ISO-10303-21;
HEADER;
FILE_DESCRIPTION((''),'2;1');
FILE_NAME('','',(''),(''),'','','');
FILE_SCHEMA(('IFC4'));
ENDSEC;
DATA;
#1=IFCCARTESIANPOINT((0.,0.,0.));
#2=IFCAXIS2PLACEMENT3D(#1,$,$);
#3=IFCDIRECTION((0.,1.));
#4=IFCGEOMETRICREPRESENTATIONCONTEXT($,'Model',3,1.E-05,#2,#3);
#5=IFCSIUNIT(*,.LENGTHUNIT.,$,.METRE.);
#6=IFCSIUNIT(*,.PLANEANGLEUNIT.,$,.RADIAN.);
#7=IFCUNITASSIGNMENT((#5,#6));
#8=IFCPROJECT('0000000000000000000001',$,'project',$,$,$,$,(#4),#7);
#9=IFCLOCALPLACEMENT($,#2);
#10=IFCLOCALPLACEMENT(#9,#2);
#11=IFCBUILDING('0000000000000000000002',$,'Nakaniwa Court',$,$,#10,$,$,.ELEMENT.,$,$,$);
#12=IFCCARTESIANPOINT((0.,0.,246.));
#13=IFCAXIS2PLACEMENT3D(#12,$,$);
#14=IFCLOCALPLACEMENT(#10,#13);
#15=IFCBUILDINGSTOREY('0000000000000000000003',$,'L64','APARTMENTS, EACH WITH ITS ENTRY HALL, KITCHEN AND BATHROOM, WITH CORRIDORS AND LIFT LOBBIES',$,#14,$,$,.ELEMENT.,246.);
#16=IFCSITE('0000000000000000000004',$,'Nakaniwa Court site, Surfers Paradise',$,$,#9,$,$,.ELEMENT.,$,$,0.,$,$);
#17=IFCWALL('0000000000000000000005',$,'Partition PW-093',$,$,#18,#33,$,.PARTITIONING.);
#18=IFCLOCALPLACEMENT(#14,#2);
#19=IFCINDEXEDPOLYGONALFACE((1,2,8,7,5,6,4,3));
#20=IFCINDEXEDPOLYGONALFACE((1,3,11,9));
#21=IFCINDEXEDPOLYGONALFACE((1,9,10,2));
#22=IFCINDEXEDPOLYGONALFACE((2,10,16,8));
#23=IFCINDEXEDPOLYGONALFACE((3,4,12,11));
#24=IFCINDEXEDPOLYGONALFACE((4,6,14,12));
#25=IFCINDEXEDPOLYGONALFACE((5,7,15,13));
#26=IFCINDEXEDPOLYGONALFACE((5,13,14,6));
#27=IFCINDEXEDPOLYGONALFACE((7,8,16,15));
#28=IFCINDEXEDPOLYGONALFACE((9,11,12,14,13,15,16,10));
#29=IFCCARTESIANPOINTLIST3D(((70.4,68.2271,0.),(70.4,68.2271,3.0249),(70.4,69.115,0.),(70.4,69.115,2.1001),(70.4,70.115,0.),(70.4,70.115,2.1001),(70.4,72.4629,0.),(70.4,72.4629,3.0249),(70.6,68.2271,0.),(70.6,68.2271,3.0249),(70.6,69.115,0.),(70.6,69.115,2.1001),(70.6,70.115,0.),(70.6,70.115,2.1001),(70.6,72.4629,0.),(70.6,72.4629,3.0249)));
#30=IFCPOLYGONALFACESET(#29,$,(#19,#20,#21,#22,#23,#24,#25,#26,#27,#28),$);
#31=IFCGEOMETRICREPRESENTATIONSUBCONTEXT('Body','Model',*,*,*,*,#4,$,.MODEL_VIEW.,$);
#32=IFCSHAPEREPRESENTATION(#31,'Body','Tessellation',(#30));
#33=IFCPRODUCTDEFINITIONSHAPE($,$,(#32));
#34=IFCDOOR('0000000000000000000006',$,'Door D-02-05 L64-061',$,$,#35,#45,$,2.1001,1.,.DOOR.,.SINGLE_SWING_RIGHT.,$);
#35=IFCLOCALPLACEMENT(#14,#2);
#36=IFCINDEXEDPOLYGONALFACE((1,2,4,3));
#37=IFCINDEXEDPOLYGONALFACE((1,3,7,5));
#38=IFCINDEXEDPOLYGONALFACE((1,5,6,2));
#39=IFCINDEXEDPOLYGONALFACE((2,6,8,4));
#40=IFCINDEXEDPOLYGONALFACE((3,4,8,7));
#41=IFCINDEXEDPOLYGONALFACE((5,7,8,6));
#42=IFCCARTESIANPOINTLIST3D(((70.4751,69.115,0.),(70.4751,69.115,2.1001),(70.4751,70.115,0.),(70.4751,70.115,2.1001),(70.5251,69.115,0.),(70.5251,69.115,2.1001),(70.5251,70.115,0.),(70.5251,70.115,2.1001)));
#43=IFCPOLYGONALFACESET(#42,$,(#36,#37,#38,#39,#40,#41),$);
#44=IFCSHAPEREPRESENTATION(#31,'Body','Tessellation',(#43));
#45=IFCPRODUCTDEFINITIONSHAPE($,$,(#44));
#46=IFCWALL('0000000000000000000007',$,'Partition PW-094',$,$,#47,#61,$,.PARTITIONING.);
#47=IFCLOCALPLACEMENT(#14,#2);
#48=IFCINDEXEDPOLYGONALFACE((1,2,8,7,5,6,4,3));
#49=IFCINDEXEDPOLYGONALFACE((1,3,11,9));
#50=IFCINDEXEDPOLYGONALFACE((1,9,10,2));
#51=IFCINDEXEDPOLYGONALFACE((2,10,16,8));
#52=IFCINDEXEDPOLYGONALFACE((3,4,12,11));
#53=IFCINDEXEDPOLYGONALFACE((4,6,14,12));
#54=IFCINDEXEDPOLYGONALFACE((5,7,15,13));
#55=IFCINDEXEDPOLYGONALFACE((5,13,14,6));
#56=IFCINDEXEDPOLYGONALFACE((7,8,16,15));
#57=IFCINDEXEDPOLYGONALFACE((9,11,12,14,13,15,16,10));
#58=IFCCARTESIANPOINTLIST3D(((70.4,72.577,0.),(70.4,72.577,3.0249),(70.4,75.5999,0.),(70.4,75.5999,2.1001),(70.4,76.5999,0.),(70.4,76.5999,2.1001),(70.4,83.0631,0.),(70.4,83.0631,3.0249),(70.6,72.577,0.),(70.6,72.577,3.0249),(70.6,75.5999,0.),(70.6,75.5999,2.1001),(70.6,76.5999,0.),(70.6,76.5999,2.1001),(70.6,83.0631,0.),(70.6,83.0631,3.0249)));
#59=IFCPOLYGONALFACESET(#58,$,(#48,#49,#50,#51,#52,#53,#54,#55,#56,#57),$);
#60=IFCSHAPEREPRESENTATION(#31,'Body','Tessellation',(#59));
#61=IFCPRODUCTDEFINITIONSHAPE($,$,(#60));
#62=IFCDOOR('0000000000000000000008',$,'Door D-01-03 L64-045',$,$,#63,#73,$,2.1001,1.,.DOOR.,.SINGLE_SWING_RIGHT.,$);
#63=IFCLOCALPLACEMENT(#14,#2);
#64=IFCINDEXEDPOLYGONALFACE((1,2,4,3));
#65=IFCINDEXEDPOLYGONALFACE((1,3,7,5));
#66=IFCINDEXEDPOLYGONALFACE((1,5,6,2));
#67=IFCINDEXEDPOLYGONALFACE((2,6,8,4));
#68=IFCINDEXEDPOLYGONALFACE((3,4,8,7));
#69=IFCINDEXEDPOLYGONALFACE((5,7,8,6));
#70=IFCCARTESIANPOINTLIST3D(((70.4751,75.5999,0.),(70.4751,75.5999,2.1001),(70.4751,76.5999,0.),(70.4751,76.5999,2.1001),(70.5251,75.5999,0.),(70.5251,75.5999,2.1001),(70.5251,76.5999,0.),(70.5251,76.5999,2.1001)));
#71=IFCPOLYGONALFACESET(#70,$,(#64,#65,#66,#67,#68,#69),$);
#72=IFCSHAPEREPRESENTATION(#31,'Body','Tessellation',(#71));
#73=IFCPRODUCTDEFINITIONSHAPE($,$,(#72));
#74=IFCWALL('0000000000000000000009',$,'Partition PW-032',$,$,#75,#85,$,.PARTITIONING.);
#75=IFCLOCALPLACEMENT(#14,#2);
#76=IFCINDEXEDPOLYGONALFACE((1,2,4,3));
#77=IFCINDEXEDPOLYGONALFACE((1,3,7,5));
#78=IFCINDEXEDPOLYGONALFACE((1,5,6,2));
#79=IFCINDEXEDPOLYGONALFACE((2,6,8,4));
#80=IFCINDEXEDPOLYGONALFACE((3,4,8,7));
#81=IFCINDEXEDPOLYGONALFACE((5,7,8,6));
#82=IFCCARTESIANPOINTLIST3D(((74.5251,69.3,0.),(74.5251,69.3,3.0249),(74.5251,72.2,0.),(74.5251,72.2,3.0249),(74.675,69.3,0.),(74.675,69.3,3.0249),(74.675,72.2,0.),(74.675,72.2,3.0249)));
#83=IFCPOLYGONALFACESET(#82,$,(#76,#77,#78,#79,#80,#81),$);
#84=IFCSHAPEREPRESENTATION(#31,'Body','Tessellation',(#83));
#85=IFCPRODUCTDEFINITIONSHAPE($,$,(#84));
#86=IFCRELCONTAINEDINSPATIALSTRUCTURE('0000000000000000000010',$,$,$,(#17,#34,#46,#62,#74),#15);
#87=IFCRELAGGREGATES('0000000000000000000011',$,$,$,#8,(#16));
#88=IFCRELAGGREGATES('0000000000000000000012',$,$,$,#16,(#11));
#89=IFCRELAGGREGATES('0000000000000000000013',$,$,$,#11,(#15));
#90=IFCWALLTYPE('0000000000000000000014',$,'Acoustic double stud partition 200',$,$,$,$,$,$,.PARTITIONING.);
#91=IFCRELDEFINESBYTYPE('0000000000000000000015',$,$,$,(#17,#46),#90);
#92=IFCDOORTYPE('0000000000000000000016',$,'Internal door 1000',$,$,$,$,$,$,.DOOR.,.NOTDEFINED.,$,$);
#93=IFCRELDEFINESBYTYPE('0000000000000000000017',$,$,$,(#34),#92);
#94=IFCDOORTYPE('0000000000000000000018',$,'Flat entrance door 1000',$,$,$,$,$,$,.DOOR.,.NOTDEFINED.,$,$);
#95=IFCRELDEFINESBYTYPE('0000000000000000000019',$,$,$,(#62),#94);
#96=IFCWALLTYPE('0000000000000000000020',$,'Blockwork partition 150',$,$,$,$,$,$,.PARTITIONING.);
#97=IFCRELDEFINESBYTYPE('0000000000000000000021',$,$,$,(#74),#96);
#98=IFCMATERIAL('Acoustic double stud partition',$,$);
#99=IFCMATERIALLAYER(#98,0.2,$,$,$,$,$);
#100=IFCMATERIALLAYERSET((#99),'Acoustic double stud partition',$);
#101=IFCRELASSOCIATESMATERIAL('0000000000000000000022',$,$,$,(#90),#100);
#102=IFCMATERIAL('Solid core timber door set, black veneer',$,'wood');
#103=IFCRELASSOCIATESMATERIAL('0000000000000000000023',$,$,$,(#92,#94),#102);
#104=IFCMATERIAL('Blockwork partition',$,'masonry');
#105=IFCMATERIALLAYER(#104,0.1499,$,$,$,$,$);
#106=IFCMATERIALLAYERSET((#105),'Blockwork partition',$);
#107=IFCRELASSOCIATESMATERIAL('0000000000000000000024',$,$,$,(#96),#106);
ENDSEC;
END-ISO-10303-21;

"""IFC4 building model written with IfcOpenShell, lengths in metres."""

from ifc_helpers import new_model, si_unit, direction, frame, frame_2d, origin, place, context, subcontext, project, spatial, rectangle, extrude, material, layer, layer_set, type_object, element, fill, save


model = new_model("IFC4")

# Units and contexts
model_context = context("Model", 3, precision=1e-05, world=origin(), true_north=direction((0.0, 1.0)))
body_context = subcontext(model_context, "Body", "Model", "MODEL_VIEW")
ifc_project = project(units=[si_unit("LENGTHUNIT", "METRE"), si_unit("PLANEANGLEUNIT", "RADIAN")], contexts=[model_context])

# Site, building, storey
site_placement = place(None, origin())
site = spatial("IfcSite", under=ifc_project, at=site_placement, Name="Nakaniwa Court site, Surfers Paradise", CompositionType="ELEMENT", RefElevation=0.0)
building_placement = place(site_placement, origin())
building = spatial("IfcBuilding", under=site, at=building_placement, Name="Nakaniwa Court", CompositionType="ELEMENT")
storey_placement = place(building_placement, frame((0.0, 0.0, 246.0)))
storey = spatial("IfcBuildingStorey", under=building, at=storey_placement, Name="L64", Description="APARTMENTS, EACH WITH ITS ENTRY HALL, KITCHEN AND BATHROOM, WITH CORRIDORS AND LIFT LOBBIES", CompositionType="ELEMENT", Elevation=246.0)

# Shared definitions
ifc_material_1 = material(Name="Acoustic double stud partition")
ifc_layer_1 = layer(ifc_material_1, 0.2)
ifc_layer_set_1 = layer_set([ifc_layer_1], Name="Acoustic double stud partition")
wall_type_1 = type_object("IfcWallType", Name="Acoustic double stud partition 200", PredefinedType="PARTITIONING", material=ifc_layer_set_1)

# Walls, openings, doors
wall_1_placement = place(storey_placement, frame((70.5, 68.2271, 0.0), z_axis=(0.0, 0.0, 1.0), x_axis=(0.0, 1.0, 0.0)))
wall_1 = element("IfcWall", 1, at=wall_1_placement, inside=storey, type_object=wall_type_1, Name="Partition PW-093", PredefinedType="PARTITIONING", context=body_context, shape_type="SweptSolid", body=[
    extrude(rectangle(XDim=4.2358, YDim=0.2, at=frame_2d((2.1179, 0.0))), origin(), (0.0, 0.0, 1.0), 3.0249),
])
opening_1_placement = place(wall_1_placement, frame((0.8879, 0.0, 0.0)))
opening_1 = element("IfcOpeningElement", 2, at=opening_1_placement, cuts=wall_1, PredefinedType="OPENING", context=body_context, shape_type="SweptSolid", body=[
    extrude(rectangle(XDim=1.0, YDim=2.1001, at=frame_2d((0.5, 1.05))), frame((0.0, 0.1099, 0.0), z_axis=(0.0, -1.0, 0.0), x_axis=(1.0, 0.0, 0.0)), (0.0, 0.0, 1.0), 0.22),
])
ifc_material_2 = material(Name="Solid core timber door set, black veneer", Category="wood")
door_type_1 = type_object("IfcDoorType", Name="Internal door 1000", OperationType="NOTDEFINED", PredefinedType="DOOR", material=ifc_material_2)
door_1_placement = place(opening_1_placement, origin())
door_1 = element("IfcDoor", 3, at=door_1_placement, inside=storey, type_object=door_type_1, Name="Door D-02-05 L64-061", OperationType="SINGLE_SWING_RIGHT", OverallHeight=2.1001, OverallWidth=1.0, PredefinedType="DOOR", context=body_context, shape_type="SweptSolid", body=[
    extrude(rectangle(XDim=1.0, YDim=2.1001, at=frame_2d((0.5, 1.05))), frame((0.0, 0.0249, 0.0), z_axis=(0.0, -1.0, 0.0), x_axis=(1.0, 0.0, 0.0)), (0.0, 0.0, 1.0), 0.05),
])
fill(opening_1, door_1)
wall_2_placement = place(storey_placement, frame((70.5, 72.5769, 0.0), z_axis=(0.0, 0.0, 1.0), x_axis=(0.0, 1.0, 0.0)))
wall_2 = element("IfcWall", 4, at=wall_2_placement, inside=storey, type_object=wall_type_1, Name="Partition PW-094", PredefinedType="PARTITIONING", context=body_context, shape_type="SweptSolid", body=[
    extrude(rectangle(XDim=10.4861, YDim=0.2, at=frame_2d((5.2432, 0.0))), origin(), (0.0, 0.0, 1.0), 3.0249),
])
opening_2_placement = place(wall_2_placement, frame((3.0229, 0.0, 0.0)))
opening_2 = element("IfcOpeningElement", 5, at=opening_2_placement, cuts=wall_2, PredefinedType="OPENING", context=body_context, shape_type="SweptSolid", body=[
    extrude(rectangle(XDim=1.0, YDim=2.1001, at=frame_2d((0.5, 1.05))), frame((0.0, 0.1099, 0.0), z_axis=(0.0, -1.0, 0.0), x_axis=(1.0, 0.0, 0.0)), (0.0, 0.0, 1.0), 0.22),
])
door_type_2 = type_object("IfcDoorType", Name="Flat entrance door 1000", OperationType="NOTDEFINED", PredefinedType="DOOR", material=ifc_material_2)
door_2_placement = place(opening_2_placement, origin())
door_2 = element("IfcDoor", 6, at=door_2_placement, inside=storey, type_object=door_type_2, Name="Door D-01-03 L64-045", OperationType="SINGLE_SWING_RIGHT", OverallHeight=2.1001, OverallWidth=1.0, PredefinedType="DOOR", context=body_context, shape_type="SweptSolid", body=[
    extrude(rectangle(XDim=1.0, YDim=2.1001, at=frame_2d((0.5, 1.05))), frame((0.0, 0.0249, 0.0), z_axis=(0.0, -1.0, 0.0), x_axis=(1.0, 0.0, 0.0)), (0.0, 0.0, 1.0), 0.05),
])
fill(opening_2, door_2)

# Wall
ifc_material_3 = material(Name="Blockwork partition", Category="masonry")
ifc_layer_2 = layer(ifc_material_3, 0.1499)
ifc_layer_set_2 = layer_set([ifc_layer_2], Name="Blockwork partition")
wall_type_2 = type_object("IfcWallType", Name="Blockwork partition 150", PredefinedType="PARTITIONING", material=ifc_layer_set_2)
wall_3_placement = place(storey_placement, frame((74.6001, 69.3, 0.0), z_axis=(0.0, 0.0, 1.0), x_axis=(0.0, 1.0, 0.0)))
element("IfcWall", 7, at=wall_3_placement, inside=storey, type_object=wall_type_2, Name="Partition PW-032", PredefinedType="PARTITIONING", context=body_context, shape_type="SweptSolid", body=[
    extrude(rectangle(XDim=2.8999, YDim=0.1499, at=frame_2d((1.45, 0.0))), origin(), (0.0, 0.0, 1.0), 3.0249),
])

save(model, "model.ifc")
